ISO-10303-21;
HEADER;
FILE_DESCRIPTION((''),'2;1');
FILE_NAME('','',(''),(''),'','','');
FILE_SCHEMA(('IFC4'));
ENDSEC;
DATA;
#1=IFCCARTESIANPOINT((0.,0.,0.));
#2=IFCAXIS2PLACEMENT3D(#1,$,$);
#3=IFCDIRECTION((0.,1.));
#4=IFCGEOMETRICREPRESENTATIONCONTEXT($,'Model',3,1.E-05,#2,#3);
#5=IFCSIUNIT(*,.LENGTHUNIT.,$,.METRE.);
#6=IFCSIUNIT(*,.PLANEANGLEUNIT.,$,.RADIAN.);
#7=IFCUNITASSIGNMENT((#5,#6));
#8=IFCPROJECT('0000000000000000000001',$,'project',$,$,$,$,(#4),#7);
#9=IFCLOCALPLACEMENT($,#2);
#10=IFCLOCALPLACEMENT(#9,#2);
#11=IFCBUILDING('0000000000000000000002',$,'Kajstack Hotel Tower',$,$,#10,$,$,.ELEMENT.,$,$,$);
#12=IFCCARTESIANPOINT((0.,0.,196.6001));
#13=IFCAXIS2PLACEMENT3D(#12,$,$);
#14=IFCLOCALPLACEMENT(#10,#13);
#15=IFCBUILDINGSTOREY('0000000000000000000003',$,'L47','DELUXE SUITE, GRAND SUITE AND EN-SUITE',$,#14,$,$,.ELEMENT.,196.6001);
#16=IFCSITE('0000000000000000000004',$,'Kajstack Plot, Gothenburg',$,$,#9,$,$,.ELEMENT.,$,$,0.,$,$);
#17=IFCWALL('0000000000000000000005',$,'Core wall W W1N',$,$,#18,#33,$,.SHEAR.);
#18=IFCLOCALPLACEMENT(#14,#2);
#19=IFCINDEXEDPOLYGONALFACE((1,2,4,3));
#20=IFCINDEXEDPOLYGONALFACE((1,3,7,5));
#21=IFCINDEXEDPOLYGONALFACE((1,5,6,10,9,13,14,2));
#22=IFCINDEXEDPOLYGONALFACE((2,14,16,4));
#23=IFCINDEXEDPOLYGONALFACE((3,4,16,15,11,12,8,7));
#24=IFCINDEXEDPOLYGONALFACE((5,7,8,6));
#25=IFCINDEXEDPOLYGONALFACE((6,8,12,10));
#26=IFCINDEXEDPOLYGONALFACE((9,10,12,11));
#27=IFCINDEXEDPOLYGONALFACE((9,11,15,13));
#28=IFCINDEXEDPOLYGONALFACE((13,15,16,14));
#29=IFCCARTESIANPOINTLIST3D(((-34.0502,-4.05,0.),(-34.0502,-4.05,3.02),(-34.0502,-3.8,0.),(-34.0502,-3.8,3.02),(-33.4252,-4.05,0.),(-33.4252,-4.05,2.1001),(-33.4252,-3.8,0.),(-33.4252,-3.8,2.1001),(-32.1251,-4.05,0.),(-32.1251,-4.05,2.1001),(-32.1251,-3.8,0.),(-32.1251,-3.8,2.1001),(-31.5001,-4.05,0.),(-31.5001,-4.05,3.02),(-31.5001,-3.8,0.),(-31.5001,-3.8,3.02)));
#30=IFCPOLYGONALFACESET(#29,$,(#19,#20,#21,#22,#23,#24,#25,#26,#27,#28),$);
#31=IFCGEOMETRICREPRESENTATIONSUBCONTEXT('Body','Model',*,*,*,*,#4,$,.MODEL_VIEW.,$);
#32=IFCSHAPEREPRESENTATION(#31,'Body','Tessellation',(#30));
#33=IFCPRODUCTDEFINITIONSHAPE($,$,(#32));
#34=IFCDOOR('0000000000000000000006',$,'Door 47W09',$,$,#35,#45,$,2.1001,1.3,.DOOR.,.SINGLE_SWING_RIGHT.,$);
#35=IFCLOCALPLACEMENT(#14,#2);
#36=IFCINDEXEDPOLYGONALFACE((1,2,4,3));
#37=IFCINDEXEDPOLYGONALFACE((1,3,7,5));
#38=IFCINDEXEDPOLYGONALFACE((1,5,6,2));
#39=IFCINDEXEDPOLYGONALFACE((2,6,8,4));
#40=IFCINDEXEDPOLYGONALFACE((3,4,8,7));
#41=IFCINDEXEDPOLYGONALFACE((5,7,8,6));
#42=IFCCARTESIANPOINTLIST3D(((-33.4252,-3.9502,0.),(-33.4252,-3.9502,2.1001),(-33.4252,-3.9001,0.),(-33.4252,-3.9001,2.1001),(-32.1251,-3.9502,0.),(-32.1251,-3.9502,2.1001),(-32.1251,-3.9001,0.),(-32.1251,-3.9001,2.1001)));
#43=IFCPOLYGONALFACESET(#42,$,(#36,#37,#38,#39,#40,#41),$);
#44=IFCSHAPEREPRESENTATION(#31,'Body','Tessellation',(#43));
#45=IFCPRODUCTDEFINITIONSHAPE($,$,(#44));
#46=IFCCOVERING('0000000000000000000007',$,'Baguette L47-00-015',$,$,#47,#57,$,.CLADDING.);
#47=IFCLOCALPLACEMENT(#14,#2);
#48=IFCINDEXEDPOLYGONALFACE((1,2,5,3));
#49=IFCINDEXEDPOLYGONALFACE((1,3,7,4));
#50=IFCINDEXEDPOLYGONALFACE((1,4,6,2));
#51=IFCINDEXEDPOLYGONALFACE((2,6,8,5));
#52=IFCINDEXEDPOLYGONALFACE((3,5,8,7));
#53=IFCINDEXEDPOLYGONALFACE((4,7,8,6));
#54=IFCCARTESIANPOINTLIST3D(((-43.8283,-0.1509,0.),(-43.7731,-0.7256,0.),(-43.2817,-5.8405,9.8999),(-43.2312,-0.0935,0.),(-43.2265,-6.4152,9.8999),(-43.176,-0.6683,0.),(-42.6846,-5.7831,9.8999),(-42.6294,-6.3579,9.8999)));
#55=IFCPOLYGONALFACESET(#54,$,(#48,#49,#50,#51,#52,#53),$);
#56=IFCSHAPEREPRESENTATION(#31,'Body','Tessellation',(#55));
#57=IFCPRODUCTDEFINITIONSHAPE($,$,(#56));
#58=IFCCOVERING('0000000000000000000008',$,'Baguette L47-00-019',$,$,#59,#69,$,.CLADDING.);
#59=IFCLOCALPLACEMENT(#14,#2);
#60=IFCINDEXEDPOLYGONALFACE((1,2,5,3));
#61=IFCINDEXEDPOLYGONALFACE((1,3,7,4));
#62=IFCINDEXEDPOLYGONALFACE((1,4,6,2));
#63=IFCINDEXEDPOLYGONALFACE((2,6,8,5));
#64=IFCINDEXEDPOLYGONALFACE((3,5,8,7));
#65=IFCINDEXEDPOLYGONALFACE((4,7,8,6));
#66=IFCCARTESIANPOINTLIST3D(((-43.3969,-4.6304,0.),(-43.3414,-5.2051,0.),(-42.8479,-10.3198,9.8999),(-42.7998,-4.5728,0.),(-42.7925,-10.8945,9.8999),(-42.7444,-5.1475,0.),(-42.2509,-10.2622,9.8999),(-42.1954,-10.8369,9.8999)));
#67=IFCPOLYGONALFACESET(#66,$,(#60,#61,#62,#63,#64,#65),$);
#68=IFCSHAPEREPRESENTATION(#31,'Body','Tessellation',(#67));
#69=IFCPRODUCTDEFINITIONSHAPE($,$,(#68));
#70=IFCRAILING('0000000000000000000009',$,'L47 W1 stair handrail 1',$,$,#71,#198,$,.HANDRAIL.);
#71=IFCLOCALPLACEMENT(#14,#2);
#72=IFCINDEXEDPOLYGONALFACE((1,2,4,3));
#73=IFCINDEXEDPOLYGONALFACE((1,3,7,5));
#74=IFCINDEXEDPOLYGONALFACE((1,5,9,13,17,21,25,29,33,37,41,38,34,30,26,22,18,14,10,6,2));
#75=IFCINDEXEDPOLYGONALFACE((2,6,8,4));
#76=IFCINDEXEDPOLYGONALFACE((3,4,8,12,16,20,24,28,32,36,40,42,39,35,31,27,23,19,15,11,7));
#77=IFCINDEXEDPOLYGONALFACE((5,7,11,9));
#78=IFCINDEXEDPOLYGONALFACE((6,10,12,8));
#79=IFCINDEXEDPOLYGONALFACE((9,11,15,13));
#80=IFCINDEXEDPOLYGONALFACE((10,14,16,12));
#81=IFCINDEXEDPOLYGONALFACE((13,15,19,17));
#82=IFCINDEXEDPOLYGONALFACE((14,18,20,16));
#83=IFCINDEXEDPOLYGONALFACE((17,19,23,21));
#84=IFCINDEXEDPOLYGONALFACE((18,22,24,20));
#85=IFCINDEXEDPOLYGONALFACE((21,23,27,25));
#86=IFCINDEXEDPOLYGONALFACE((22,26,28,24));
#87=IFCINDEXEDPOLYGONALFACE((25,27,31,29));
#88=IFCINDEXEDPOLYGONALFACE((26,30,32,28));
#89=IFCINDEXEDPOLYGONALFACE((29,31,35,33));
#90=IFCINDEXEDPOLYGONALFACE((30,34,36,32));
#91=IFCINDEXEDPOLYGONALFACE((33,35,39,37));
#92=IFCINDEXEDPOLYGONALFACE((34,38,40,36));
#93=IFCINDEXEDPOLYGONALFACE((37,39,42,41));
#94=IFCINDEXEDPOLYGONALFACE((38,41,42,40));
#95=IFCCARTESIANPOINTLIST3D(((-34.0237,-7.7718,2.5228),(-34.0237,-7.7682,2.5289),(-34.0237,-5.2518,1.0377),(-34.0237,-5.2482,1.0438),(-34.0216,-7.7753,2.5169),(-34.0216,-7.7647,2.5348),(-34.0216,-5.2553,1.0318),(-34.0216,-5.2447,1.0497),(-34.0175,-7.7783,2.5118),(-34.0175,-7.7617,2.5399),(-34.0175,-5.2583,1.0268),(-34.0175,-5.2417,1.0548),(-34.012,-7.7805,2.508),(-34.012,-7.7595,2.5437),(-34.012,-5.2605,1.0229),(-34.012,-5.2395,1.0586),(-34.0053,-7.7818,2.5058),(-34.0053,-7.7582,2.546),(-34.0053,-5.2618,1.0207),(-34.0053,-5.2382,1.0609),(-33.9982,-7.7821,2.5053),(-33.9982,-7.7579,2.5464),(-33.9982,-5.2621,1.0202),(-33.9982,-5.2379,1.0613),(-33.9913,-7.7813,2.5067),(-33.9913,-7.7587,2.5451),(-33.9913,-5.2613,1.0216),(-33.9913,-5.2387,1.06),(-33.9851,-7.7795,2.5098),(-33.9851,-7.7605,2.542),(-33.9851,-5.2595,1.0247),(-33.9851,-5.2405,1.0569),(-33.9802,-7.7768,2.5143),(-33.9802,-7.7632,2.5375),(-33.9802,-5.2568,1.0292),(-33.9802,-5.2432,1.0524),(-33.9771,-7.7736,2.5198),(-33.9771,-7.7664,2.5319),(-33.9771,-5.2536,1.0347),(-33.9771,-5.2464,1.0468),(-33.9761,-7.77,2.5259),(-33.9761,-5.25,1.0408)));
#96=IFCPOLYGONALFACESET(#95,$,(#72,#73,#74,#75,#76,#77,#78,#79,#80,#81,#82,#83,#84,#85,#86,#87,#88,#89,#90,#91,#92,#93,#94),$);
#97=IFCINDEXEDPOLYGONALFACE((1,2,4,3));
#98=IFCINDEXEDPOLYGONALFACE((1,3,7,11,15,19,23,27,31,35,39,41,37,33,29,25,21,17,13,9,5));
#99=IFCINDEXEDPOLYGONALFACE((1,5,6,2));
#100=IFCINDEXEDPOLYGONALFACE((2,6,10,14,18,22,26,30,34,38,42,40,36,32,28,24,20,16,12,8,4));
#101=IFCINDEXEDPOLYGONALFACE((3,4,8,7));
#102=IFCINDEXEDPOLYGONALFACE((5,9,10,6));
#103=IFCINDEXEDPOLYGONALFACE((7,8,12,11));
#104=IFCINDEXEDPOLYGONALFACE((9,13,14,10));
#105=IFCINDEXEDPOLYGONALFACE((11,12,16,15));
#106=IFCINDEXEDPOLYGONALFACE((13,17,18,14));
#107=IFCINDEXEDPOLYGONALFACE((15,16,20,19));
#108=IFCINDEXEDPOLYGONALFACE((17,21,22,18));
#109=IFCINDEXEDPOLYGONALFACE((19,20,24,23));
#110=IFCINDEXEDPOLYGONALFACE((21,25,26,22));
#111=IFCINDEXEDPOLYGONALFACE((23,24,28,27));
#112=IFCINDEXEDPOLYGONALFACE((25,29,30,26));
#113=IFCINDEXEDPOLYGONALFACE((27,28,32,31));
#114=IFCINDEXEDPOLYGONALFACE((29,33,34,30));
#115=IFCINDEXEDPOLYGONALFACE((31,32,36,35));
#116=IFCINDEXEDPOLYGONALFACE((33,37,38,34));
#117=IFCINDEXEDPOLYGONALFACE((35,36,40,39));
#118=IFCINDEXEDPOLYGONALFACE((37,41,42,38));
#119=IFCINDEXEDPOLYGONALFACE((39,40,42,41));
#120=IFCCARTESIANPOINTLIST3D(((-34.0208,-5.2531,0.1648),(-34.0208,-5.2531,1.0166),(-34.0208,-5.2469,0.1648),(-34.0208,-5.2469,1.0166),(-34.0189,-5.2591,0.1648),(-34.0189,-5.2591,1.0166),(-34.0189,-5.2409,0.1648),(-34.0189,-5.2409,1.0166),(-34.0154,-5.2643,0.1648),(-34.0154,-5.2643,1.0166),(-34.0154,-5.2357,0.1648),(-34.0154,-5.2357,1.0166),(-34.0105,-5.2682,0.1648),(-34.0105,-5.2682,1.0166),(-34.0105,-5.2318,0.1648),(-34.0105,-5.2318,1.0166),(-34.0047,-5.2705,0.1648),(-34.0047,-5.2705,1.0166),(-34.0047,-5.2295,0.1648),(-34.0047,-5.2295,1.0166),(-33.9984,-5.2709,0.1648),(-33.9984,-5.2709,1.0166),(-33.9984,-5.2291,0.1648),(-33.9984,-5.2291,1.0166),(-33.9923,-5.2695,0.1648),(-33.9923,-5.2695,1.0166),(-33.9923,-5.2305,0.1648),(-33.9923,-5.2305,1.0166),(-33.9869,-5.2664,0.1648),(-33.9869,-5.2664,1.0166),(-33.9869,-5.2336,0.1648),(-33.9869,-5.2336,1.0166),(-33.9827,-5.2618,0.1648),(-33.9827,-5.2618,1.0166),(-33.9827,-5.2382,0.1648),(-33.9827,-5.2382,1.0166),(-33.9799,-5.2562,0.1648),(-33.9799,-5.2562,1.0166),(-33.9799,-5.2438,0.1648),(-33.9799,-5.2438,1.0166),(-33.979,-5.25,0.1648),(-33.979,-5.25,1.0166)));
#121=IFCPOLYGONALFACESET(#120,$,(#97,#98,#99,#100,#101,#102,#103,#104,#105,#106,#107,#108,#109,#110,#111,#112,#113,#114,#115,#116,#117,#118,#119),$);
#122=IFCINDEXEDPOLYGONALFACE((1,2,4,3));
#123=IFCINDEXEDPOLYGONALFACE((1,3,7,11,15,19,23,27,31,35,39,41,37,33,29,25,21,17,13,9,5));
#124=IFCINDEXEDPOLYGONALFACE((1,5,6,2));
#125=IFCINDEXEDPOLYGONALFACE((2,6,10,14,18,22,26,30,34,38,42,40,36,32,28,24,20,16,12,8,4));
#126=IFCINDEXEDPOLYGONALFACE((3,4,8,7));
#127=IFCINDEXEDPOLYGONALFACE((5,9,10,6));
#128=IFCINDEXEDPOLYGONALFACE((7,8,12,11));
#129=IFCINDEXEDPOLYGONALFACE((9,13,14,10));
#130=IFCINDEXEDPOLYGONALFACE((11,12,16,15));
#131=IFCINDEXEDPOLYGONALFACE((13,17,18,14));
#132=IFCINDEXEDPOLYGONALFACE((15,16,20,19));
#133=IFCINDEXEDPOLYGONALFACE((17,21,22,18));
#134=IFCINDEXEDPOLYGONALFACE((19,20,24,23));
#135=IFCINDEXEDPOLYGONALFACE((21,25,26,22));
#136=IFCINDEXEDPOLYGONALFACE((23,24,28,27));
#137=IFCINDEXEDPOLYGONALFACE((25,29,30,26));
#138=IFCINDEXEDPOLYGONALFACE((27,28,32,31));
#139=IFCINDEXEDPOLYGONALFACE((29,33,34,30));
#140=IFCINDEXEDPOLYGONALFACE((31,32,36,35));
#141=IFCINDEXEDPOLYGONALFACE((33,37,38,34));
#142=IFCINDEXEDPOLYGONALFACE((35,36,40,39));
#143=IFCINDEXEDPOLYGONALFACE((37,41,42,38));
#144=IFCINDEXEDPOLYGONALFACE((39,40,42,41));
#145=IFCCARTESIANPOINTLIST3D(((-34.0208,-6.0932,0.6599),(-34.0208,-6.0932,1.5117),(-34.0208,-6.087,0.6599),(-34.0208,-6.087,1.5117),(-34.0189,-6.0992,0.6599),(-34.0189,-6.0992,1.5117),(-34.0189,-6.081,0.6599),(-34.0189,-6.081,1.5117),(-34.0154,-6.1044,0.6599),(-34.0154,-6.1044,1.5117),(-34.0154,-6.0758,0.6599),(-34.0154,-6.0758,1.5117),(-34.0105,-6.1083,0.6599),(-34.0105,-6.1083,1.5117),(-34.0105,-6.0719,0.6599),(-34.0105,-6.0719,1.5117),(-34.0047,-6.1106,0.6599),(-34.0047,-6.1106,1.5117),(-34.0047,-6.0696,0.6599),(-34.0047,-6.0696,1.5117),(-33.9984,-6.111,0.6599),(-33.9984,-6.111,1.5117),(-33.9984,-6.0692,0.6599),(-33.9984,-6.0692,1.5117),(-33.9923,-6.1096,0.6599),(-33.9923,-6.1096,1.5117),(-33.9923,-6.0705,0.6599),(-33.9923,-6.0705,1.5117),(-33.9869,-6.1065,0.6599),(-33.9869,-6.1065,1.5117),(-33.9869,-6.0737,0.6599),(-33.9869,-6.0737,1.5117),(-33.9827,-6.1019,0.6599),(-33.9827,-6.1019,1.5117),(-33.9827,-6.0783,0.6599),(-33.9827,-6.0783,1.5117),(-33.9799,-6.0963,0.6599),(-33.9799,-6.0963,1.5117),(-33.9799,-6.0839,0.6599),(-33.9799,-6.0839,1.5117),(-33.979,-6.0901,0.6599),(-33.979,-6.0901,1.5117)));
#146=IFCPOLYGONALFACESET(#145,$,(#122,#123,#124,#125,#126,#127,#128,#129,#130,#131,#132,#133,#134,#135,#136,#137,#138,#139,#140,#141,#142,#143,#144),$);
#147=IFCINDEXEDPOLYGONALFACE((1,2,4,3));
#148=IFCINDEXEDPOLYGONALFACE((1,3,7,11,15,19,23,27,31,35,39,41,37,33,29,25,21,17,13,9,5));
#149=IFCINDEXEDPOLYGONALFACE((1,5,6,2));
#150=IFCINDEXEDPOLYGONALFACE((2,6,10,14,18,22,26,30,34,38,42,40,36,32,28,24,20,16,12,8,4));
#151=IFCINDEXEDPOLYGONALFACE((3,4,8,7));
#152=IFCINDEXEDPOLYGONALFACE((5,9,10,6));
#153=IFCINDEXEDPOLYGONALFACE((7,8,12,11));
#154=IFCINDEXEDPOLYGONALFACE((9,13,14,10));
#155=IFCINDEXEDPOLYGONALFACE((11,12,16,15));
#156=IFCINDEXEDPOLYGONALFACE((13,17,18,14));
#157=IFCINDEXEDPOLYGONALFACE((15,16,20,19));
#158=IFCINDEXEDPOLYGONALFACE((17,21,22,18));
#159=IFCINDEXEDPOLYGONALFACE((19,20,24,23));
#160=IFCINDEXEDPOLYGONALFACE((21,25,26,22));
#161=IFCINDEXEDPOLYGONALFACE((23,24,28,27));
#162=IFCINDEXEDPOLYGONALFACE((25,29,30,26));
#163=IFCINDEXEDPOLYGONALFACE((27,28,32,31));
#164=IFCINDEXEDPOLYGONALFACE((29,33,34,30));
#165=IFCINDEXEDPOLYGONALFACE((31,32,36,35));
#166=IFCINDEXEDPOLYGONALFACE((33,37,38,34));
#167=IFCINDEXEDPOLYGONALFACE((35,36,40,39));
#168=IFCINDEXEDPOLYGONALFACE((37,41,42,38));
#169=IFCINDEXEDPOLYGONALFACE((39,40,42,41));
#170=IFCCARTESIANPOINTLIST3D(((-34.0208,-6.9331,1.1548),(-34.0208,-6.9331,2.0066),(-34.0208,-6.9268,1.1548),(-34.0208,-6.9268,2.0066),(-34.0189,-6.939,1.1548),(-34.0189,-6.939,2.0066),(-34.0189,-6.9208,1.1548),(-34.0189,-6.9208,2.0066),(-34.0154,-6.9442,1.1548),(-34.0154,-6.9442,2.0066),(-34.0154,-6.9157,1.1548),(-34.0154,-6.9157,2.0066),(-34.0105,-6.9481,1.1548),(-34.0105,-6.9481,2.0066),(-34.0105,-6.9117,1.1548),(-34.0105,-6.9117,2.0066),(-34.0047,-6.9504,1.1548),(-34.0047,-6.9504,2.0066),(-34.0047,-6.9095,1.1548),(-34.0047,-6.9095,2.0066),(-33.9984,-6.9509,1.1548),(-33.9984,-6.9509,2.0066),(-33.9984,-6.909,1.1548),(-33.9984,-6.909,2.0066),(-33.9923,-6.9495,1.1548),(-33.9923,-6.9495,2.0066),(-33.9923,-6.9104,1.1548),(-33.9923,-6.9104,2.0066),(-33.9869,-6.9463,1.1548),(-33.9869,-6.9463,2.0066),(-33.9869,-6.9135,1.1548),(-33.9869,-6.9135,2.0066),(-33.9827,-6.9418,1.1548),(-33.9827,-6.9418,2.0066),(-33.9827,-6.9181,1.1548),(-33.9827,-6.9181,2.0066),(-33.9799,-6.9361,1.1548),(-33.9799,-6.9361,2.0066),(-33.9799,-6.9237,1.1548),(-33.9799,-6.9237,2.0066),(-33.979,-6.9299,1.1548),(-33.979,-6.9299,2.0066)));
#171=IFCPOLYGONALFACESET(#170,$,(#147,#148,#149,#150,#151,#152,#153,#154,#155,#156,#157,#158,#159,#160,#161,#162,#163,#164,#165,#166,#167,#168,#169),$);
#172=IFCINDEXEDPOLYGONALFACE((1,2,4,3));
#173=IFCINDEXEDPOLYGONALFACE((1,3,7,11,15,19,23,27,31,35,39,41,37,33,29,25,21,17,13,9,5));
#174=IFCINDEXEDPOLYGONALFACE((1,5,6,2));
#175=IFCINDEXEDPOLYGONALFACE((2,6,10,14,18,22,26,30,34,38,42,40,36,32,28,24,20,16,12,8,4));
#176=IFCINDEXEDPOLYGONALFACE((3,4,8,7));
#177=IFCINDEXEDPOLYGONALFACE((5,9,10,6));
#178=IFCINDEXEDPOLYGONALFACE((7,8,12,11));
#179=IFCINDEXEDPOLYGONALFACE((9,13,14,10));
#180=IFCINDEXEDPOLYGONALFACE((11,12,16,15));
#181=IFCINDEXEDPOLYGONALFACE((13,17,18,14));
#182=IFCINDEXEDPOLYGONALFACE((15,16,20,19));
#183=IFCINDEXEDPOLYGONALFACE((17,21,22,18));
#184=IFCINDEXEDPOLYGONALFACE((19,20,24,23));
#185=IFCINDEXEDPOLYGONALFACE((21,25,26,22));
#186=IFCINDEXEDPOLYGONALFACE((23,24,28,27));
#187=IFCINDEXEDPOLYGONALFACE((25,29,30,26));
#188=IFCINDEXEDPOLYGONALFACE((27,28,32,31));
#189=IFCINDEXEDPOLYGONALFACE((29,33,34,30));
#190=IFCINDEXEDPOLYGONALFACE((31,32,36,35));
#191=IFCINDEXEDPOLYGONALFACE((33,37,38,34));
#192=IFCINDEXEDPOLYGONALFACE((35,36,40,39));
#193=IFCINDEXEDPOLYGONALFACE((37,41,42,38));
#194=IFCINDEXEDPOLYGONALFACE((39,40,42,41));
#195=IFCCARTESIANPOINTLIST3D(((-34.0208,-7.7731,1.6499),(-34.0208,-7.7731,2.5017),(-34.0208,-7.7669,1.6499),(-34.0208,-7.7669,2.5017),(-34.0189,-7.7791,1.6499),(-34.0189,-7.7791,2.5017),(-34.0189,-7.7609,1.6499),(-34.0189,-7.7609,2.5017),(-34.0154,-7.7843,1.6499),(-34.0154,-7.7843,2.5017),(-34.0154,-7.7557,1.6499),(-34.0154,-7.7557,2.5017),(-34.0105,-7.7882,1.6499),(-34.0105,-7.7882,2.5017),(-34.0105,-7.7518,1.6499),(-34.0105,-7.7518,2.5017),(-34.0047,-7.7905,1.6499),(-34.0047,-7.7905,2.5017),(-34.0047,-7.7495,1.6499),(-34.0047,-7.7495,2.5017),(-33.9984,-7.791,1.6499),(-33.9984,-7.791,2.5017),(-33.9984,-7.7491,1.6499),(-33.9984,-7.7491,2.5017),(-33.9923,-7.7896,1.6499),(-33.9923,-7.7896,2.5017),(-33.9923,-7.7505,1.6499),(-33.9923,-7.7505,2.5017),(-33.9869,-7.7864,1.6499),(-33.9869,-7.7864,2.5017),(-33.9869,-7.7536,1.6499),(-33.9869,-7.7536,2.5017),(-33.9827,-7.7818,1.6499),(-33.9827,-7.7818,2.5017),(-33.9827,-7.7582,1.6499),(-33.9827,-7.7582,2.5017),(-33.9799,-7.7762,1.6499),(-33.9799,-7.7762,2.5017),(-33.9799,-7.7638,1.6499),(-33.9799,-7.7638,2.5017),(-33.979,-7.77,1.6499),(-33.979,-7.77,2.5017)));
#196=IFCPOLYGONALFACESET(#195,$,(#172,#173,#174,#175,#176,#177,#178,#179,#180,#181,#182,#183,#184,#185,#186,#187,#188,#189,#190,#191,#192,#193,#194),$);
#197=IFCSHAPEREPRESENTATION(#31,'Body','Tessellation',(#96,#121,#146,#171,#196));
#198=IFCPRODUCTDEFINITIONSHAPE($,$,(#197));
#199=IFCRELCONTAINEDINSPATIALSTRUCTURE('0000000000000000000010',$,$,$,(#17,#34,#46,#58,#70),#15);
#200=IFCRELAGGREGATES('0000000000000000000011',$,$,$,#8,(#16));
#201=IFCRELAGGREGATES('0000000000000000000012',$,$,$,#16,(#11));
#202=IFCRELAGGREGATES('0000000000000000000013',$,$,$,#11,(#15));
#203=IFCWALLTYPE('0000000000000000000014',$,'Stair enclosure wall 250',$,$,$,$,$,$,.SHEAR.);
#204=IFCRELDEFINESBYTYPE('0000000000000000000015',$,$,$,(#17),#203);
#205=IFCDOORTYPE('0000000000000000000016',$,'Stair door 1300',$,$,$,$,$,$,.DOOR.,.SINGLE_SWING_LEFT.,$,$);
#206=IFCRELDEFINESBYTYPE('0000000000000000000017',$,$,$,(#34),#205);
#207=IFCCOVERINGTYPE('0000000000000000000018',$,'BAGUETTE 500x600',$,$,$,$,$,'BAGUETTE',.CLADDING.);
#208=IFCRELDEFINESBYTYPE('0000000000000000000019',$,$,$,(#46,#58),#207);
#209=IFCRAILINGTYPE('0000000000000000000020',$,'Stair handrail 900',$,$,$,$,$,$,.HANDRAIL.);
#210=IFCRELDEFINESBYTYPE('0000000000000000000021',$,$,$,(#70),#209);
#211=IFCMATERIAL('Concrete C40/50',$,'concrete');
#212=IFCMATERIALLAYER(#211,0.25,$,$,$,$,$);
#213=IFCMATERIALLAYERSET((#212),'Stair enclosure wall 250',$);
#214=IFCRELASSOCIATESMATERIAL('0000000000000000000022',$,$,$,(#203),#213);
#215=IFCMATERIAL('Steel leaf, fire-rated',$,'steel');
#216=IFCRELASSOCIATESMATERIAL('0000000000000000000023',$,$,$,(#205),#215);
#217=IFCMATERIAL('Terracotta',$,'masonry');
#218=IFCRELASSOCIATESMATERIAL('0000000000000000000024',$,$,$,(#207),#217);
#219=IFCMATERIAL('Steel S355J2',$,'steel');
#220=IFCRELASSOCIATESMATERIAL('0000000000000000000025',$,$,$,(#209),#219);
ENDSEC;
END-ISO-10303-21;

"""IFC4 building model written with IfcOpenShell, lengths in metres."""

from ifc_helpers import new_model, si_unit, direction, frame, frame_2d, origin, origin_2d, place, context, subcontext, project, spatial, polyline, rectangle, circle, outline, extrude, material, layer, layer_set, material_profile, profile_set, type_object, element, fill, save


model = new_model("IFC4")

# Units and contexts
model_context = context("Model", 3, precision=1e-05, world=origin(), true_north=direction((0.0, 1.0)))
body_context = subcontext(model_context, "Body", "Model", "MODEL_VIEW")
ifc_project = project(units=[si_unit("LENGTHUNIT", "METRE"), si_unit("PLANEANGLEUNIT", "RADIAN")], contexts=[model_context])

# Site, building, storey
site_placement = place(None, origin())
site = spatial("IfcSite", under=ifc_project, at=site_placement, Name="Kajstack Plot, Gothenburg", CompositionType="ELEMENT", RefElevation=0.0)
building_placement = place(site_placement, origin())
building = spatial("IfcBuilding", under=site, at=building_placement, Name="Kajstack Hotel Tower", CompositionType="ELEMENT")
storey_placement = place(building_placement, frame((0.0, 0.0, 196.6001)))
storey = spatial("IfcBuildingStorey", under=building, at=storey_placement, Name="L47", Description="DELUXE SUITE, GRAND SUITE AND EN-SUITE", CompositionType="ELEMENT", Elevation=196.6001)

# Shared definitions
ifc_material_1 = material(Name="Steel leaf, fire-rated", Category="steel")

# Wall, opening, door
ifc_material_2 = material(Name="Concrete C40/50", Category="concrete")
ifc_layer_1 = layer(ifc_material_2, 0.25)
ifc_layer_set_1 = layer_set([ifc_layer_1], Name="Stair enclosure wall 250")
wall_type_1 = type_object("IfcWallType", Name="Stair enclosure wall 250", PredefinedType="SHEAR", material=ifc_layer_set_1)
wall_1_placement = place(storey_placement, frame((-34.05, -3.925, 0.0), z_axis=(0.0, 0.0, 1.0), x_axis=(1.0, 0.0, 0.0)))
wall_1 = element("IfcWall", 1, at=wall_1_placement, inside=storey, type_object=wall_type_1, Name="Core wall W W1N", PredefinedType="SHEAR", context=body_context, shape_type="SweptSolid", body=[
    extrude(rectangle(XDim=2.55, YDim=0.25, at=frame_2d((1.2749, 0.0))), origin(), (0.0, 0.0, 1.0), 3.02),
])
opening_1_placement = place(wall_1_placement, frame((0.625, 0.0, 0.0)))
opening_1 = element("IfcOpeningElement", 2, at=opening_1_placement, cuts=wall_1, PredefinedType="OPENING", context=body_context, shape_type="SweptSolid", body=[
    extrude(rectangle(XDim=1.3, YDim=2.1001, at=frame_2d((0.6499, 1.05))), frame((0.0, 0.135, 0.0), z_axis=(0.0, -1.0, 0.0), x_axis=(1.0, 0.0, 0.0)), (0.0, 0.0, 1.0), 0.27),
])
door_type_1 = type_object("IfcDoorType", Name="Stair door 1300", OperationType="SINGLE_SWING_LEFT", PredefinedType="DOOR", material=ifc_material_1)
door_1_placement = place(opening_1_placement, origin())
door_1 = element("IfcDoor", 3, at=door_1_placement, inside=storey, type_object=door_type_1, Name="Door 47W09", OperationType="SINGLE_SWING_RIGHT", OverallHeight=2.1001, OverallWidth=1.3, PredefinedType="DOOR", context=body_context, shape_type="SweptSolid", body=[
    extrude(rectangle(XDim=1.3, YDim=2.1001, at=frame_2d((0.6499, 1.05))), frame((0.0, 0.0249, 0.0), z_axis=(0.0, -1.0, 0.0), x_axis=(1.0, 0.0, 0.0)), (0.0, 0.0, 1.0), 0.05),
])
fill(opening_1, door_1)

# Coverings
ifc_material_3 = material(Name="Terracotta", Category="masonry")
ifc_material_profile = material_profile(ifc_material_3, rectangle(XDim=0.6001, YDim=0.5, at=origin_2d()), Name="Terracotta-clad concrete baguette 500 x 600")
ifc_profile_set = profile_set([ifc_material_profile], Name="Terracotta")
covering_type = type_object("IfcCoveringType", Name="BAGUETTE 500x600", ElementType="BAGUETTE", PredefinedType="CLADDING", material=ifc_profile_set)
for number, where, z_axis, x_axis, name in (
    (4, (-43.2312, -0.0935, 0.0), (-0.995416, -0.095635, 0.0), (0.095635, -0.995416, 0.0), "Baguette L47-00-015"),
    (5, (-42.7998, -4.5728, 0.0), (-0.995378, -0.096038, 0.0), (0.096038, -0.995378, 0.0), "Baguette L47-00-019"),
):
    element("IfcCovering", number, at=place(storey_placement, frame(where, z_axis=z_axis, x_axis=x_axis)), inside=storey, type_object=covering_type, Name=name, PredefinedType="CLADDING", context=body_context, shape_type="SweptSolid", body=[
        extrude(outline(polyline([(5.7158, 9.8999), (0.0, 0.0), (0.5774, 0.0), (6.2932, 9.8999), (5.7158, 9.8999)])), origin(), (0.0, 0.0, 1.0), 0.5999),
    ])

# Railing
ifc_material_4 = material(Name="Steel S355J2", Category="steel")
railing_type_1 = type_object("IfcRailingType", Name="Stair handrail 900", PredefinedType="HANDRAIL", material=ifc_material_4)
railing_1_placement = place(storey_placement, frame((-34.0, -5.25, 0.1648)))
element("IfcRailing", 6, at=railing_1_placement, inside=storey, type_object=railing_type_1, Name="L47 W1 stair handrail 1", PredefinedType="HANDRAIL", context=body_context, shape_type="SweptSolid", body=[
    extrude(circle(Radius=0.0239, at=origin_2d()), frame((0.0, 0.0, 0.876), z_axis=(0.0, -0.861524, 0.507717), x_axis=(1.0, 0.0, 0.0)), (0.0, 0.0, 1.0), 2.925),
    extrude(circle(Radius=0.021, at=origin_2d()), origin(), (0.0, 0.0, 1.0), 0.8518),
    extrude(circle(Radius=0.021, at=origin_2d()), frame((0.0, -0.8401, 0.4951)), (0.0, 0.0, 1.0), 0.8518),
    extrude(circle(Radius=0.021, at=origin_2d()), frame((0.0, -1.6799, 0.99)), (0.0, 0.0, 1.0), 0.8518),
    extrude(circle(Radius=0.021, at=origin_2d()), frame((0.0, -2.52, 1.4851)), (0.0, 0.0, 1.0), 0.8518),
])

save(model, "model.ifc")
